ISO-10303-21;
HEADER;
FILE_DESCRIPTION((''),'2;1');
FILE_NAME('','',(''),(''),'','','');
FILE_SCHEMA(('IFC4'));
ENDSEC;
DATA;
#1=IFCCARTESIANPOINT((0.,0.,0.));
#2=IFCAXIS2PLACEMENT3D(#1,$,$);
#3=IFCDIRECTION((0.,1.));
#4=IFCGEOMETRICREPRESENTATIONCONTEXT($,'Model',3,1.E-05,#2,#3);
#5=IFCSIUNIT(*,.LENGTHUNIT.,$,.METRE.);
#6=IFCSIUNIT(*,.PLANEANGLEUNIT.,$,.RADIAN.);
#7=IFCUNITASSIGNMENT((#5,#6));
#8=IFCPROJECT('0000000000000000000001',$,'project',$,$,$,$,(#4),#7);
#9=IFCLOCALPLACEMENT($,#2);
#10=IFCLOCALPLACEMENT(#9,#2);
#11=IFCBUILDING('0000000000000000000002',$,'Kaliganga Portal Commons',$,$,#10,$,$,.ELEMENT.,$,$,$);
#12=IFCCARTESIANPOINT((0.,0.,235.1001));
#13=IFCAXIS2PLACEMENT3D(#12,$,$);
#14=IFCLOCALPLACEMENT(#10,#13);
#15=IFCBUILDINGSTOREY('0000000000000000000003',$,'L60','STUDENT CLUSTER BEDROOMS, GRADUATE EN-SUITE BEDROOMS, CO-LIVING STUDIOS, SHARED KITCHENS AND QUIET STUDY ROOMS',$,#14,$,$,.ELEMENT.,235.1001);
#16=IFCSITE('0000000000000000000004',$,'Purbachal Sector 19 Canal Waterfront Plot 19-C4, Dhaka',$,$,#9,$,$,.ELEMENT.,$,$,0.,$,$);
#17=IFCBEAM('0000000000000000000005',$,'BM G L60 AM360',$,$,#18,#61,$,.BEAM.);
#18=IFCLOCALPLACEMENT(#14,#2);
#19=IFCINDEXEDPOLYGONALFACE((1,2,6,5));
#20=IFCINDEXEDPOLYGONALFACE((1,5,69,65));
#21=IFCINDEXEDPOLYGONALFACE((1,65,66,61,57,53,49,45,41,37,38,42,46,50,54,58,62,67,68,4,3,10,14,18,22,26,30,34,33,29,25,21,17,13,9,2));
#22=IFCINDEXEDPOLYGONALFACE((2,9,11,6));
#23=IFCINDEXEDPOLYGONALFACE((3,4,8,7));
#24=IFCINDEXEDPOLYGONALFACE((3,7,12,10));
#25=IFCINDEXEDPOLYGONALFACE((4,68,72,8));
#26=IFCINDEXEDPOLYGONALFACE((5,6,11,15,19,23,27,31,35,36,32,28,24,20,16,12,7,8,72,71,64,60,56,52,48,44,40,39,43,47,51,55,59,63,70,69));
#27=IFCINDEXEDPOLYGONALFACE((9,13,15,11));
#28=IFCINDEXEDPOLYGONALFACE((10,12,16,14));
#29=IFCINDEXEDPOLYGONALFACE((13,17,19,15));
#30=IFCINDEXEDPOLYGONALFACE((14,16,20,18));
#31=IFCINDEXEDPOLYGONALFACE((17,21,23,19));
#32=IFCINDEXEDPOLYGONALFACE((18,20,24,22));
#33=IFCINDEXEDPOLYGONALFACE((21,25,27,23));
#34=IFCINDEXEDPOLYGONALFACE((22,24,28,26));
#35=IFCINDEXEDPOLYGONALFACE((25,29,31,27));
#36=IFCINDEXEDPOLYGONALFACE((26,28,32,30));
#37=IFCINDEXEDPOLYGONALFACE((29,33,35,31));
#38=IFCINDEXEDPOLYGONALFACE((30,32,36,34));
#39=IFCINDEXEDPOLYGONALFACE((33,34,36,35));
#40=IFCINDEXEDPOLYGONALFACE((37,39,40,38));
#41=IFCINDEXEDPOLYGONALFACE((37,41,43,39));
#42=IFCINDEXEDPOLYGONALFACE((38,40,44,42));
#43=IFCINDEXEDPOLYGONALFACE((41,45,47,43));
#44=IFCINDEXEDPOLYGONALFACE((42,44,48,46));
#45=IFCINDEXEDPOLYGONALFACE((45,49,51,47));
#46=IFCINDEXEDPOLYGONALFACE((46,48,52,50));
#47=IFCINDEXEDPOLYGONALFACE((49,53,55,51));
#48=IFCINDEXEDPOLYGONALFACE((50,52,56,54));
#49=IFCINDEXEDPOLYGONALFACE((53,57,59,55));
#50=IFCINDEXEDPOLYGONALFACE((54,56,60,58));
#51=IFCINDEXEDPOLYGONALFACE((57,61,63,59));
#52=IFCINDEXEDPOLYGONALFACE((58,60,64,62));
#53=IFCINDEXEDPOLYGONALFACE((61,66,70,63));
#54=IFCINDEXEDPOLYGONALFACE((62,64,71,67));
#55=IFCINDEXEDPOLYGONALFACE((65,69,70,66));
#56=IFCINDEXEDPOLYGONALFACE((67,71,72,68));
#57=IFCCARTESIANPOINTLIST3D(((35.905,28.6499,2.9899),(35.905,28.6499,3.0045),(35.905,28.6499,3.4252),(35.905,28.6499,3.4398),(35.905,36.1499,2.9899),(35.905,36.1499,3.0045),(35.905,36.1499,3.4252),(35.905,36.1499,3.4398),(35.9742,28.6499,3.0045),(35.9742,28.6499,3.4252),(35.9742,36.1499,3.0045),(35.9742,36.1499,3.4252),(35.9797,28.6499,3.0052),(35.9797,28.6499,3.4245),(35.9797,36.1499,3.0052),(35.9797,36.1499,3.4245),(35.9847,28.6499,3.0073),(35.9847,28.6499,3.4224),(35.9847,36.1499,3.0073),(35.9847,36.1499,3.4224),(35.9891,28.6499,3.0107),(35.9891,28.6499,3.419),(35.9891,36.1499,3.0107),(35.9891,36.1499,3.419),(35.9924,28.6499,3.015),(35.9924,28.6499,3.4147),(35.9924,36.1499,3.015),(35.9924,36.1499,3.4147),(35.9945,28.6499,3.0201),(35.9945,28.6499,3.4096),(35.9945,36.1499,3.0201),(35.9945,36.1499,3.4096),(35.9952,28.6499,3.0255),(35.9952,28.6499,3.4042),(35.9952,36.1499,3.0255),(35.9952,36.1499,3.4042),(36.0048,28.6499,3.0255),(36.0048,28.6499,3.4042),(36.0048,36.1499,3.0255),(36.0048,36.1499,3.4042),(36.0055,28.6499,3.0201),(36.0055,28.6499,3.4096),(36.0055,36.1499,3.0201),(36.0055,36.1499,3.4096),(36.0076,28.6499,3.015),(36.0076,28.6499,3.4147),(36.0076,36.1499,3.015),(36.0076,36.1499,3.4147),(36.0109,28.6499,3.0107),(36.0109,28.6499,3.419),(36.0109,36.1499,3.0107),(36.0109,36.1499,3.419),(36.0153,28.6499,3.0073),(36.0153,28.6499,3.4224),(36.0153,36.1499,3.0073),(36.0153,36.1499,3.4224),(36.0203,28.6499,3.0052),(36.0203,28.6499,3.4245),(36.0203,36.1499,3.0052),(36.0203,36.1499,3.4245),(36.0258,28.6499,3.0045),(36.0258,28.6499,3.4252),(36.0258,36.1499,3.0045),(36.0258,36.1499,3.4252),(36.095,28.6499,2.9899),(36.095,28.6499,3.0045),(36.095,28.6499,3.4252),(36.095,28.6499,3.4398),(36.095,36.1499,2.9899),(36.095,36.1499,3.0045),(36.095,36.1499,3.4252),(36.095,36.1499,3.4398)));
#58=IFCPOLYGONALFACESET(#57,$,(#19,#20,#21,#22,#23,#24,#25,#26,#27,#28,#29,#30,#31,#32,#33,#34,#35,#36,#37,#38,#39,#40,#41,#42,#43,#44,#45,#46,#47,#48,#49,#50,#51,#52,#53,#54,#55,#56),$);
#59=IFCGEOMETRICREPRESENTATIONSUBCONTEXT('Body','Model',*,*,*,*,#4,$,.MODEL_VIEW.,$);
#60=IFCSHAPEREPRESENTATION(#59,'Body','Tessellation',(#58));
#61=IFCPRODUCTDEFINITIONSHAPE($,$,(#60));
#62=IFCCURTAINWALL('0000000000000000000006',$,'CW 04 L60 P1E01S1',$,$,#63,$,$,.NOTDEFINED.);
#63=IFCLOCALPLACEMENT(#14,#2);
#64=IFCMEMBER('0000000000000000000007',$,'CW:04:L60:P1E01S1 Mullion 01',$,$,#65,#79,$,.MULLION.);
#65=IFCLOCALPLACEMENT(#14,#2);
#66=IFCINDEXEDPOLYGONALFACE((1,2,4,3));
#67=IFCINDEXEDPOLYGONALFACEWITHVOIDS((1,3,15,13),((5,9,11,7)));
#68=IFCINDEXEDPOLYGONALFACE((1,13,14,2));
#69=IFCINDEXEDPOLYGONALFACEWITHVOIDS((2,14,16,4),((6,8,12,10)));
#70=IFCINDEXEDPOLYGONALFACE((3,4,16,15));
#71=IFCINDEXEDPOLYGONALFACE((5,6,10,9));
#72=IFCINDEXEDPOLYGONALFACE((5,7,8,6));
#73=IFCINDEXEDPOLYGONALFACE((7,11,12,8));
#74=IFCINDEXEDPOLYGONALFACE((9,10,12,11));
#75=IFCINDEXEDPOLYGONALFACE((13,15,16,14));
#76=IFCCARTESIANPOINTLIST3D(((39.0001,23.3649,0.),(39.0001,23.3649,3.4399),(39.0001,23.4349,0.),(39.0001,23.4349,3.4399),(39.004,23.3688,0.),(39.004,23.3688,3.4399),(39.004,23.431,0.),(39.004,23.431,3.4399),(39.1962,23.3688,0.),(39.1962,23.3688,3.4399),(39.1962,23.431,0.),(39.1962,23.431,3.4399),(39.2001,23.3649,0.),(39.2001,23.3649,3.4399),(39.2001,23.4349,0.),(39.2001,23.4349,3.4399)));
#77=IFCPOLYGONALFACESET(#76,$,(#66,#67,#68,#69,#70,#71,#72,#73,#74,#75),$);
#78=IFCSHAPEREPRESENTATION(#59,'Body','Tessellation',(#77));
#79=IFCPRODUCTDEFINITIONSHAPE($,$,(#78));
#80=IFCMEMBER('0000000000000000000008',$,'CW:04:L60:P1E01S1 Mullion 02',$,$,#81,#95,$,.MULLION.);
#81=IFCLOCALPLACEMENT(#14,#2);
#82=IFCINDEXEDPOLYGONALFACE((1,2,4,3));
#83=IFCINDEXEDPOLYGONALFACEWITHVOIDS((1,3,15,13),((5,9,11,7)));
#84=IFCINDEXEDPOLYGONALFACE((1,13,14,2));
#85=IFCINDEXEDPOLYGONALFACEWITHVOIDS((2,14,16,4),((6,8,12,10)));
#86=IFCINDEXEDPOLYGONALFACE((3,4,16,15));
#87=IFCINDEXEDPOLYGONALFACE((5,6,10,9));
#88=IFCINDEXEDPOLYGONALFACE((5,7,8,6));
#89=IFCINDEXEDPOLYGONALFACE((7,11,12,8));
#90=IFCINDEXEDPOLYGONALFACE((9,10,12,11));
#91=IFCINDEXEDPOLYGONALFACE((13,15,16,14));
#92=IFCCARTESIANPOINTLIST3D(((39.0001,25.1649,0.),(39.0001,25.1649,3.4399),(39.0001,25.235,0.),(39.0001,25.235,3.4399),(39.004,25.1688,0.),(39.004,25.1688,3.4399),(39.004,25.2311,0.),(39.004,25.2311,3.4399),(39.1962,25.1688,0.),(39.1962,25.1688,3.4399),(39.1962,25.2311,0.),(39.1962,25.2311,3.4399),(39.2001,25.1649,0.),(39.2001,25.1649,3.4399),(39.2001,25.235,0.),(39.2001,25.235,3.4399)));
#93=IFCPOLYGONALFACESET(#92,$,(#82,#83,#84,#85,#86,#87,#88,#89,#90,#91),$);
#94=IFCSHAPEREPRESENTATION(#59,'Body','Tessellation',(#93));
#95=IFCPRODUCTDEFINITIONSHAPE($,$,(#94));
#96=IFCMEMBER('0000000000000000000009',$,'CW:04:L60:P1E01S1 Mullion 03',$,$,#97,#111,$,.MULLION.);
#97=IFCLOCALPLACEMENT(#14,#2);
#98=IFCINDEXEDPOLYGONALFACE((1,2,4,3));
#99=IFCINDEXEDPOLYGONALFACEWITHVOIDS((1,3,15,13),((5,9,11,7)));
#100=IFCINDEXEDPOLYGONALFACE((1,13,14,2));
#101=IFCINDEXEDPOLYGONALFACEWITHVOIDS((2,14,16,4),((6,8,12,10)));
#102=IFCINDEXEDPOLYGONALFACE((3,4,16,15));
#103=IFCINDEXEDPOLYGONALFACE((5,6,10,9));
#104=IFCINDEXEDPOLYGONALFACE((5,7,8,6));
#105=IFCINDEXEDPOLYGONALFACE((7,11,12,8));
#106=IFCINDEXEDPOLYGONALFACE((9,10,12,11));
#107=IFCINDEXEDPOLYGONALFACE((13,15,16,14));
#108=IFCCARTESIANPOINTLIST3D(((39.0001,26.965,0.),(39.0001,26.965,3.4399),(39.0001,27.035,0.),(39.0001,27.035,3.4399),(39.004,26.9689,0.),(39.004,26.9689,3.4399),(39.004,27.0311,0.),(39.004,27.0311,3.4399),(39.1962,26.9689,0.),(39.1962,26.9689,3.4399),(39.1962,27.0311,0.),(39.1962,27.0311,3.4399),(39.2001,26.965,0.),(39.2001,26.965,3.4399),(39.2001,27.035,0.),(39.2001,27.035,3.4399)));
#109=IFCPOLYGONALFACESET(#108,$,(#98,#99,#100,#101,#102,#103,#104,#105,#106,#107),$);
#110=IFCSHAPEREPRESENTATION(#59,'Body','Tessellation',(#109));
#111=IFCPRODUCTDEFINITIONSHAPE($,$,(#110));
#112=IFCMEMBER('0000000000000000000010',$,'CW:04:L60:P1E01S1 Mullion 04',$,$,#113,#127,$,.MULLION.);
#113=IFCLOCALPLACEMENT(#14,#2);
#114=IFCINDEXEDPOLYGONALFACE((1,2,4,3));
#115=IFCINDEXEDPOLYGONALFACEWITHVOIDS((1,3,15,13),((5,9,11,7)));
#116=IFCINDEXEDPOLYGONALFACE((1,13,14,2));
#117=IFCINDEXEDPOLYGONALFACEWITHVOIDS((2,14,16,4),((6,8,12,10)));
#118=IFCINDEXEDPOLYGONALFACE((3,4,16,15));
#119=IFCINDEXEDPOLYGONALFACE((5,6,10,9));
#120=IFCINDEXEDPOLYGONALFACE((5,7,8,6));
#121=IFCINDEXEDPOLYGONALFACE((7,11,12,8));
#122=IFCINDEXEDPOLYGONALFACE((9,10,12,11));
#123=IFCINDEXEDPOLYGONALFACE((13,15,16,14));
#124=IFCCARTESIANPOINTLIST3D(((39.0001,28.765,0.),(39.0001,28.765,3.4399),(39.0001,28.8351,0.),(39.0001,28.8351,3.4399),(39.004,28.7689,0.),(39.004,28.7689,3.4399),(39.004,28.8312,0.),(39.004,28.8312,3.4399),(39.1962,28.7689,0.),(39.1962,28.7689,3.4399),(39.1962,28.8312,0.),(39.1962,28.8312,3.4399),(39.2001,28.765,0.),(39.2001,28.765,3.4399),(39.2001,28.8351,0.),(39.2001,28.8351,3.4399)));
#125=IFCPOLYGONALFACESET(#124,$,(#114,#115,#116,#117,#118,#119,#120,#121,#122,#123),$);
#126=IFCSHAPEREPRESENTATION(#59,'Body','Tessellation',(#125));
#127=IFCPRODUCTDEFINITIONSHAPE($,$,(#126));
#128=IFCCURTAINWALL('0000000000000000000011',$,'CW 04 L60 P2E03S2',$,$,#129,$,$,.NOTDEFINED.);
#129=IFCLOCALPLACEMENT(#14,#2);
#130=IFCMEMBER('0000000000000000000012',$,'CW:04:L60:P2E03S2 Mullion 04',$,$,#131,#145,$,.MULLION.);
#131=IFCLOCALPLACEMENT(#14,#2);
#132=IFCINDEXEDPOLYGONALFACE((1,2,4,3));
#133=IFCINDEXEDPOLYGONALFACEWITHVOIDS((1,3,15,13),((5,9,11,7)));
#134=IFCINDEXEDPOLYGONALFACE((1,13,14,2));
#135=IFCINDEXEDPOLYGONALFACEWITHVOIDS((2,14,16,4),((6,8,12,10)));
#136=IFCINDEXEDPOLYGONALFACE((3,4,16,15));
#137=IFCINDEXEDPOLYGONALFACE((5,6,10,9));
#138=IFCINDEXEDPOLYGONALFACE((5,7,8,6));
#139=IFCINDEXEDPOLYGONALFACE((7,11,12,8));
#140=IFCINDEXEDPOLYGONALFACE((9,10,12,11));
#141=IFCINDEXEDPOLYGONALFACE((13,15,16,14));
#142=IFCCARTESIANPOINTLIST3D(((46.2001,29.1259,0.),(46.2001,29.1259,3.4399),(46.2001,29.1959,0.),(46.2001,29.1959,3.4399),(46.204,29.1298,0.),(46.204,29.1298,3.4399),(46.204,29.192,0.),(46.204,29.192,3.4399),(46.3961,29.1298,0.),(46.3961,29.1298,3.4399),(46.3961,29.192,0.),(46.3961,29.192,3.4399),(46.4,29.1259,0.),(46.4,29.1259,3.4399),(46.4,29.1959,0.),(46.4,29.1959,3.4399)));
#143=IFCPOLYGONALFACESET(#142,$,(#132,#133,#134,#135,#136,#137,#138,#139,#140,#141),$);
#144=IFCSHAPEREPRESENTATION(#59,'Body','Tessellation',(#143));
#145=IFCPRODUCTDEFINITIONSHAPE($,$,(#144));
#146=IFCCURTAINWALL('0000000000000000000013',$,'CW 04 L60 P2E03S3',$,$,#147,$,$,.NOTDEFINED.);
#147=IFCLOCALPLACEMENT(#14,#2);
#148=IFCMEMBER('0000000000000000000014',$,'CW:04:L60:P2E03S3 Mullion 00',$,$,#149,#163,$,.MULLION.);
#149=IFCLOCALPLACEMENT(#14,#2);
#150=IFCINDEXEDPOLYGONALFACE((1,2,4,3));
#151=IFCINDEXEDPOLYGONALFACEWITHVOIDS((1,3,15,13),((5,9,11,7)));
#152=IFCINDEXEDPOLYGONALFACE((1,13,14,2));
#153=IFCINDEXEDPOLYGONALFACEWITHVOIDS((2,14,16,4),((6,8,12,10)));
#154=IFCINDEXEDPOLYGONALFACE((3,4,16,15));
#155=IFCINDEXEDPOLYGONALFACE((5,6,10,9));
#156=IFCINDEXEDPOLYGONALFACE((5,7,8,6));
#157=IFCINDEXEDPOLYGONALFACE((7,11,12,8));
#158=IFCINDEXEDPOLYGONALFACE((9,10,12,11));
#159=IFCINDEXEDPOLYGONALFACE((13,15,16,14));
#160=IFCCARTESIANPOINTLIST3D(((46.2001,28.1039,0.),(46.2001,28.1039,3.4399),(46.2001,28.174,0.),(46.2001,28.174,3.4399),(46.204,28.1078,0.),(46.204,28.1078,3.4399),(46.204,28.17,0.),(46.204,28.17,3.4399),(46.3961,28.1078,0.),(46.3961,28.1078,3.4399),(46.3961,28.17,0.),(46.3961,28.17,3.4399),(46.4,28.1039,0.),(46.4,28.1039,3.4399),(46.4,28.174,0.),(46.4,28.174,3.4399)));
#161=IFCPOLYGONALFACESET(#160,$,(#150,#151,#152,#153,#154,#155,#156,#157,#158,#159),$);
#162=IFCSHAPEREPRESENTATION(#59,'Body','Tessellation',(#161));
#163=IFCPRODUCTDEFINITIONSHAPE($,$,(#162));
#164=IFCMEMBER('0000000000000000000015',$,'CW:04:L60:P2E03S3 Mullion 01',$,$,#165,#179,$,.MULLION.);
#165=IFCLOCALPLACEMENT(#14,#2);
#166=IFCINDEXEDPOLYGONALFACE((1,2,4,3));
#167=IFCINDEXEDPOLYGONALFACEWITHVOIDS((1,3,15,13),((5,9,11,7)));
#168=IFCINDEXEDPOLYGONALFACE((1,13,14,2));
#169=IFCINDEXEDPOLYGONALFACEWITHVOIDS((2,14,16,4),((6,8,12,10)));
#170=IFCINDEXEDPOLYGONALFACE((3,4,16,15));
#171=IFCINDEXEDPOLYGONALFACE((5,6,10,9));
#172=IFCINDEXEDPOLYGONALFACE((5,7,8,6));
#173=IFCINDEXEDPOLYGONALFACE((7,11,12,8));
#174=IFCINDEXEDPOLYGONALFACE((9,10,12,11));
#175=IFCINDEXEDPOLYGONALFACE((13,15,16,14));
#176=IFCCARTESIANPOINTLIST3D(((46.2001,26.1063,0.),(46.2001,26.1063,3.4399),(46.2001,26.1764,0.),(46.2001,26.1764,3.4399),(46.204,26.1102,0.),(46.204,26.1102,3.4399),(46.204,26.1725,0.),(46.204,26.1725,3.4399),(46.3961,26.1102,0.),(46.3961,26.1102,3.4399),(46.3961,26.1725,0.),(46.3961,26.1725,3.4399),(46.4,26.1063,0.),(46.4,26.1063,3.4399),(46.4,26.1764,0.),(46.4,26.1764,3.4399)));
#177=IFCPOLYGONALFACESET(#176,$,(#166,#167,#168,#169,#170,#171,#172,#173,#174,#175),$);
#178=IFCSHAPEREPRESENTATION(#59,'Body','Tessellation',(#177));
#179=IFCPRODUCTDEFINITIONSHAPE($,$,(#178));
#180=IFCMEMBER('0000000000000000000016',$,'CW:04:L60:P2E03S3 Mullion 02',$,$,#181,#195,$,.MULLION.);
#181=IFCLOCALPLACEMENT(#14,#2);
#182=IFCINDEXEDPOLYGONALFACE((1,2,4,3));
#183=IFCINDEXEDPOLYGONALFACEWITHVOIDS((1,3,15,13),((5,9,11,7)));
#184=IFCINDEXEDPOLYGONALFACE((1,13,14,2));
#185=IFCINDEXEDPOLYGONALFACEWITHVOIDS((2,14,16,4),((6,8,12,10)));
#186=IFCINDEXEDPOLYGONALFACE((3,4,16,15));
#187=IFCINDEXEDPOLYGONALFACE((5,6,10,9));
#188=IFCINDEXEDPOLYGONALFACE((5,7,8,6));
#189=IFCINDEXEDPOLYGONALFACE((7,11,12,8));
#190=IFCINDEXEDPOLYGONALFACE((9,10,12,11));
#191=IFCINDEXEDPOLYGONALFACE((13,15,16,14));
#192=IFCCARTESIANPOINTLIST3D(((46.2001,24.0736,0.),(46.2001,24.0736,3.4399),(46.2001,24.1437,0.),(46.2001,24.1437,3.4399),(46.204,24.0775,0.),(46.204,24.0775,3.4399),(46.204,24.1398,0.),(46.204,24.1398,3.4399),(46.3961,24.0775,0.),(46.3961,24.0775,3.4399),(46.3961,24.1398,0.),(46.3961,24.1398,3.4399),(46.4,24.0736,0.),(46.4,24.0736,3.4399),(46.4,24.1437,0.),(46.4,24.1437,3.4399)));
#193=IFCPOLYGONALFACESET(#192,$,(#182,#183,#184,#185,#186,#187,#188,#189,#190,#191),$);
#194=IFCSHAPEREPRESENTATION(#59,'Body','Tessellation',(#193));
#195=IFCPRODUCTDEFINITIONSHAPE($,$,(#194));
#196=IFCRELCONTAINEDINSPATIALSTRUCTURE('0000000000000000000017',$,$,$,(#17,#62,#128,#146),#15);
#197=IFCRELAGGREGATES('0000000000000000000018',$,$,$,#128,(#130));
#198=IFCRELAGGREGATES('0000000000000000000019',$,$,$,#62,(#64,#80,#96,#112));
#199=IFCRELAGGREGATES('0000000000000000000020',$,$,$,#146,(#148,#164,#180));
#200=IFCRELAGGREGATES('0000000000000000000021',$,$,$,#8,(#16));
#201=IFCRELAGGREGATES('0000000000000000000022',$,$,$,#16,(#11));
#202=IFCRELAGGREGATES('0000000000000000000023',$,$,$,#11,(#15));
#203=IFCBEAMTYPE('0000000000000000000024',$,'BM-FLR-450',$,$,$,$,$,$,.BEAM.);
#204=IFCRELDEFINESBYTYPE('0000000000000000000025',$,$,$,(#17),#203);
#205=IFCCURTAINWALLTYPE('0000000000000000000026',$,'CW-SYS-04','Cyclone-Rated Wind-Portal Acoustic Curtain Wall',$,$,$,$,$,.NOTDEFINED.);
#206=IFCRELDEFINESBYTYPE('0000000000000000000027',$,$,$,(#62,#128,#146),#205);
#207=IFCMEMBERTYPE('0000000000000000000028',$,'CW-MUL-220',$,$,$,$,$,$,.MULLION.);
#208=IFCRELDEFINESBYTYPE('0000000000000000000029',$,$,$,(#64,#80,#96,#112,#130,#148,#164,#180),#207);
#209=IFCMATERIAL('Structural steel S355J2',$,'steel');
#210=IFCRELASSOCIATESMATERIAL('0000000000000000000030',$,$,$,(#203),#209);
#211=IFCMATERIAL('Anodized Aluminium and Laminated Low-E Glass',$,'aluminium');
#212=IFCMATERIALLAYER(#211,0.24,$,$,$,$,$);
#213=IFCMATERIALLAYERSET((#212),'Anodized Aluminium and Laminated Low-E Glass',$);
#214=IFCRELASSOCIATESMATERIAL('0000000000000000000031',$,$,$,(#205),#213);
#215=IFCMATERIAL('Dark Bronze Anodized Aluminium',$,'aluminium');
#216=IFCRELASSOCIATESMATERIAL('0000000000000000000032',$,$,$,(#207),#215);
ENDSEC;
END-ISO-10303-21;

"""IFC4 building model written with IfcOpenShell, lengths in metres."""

from ifc_helpers import new_model, si_unit, direction, frame, origin, origin_2d, place, context, subcontext, project, spatial, hollow_rectangle, i_section, extrude, source, transform, mapped, material, layer, layer_set, material_profile, profile_set, type_object, element, aggregate, save


model = new_model("IFC4")

# Units and contexts
model_context = context("Model", 3, precision=1e-05, world=origin(), true_north=direction((0.0, 1.0)))
body_context = subcontext(model_context, "Body", "Model", "MODEL_VIEW")
ifc_project = project(units=[si_unit("LENGTHUNIT", "METRE"), si_unit("PLANEANGLEUNIT", "RADIAN")], contexts=[model_context])

# Site, building, storey
site_placement = place(None, origin())
site = spatial("IfcSite", under=ifc_project, at=site_placement, Name="Purbachal Sector 19 Canal Waterfront Plot 19-C4, Dhaka", CompositionType="ELEMENT", RefElevation=0.0)
building_placement = place(site_placement, origin())
building = spatial("IfcBuilding", under=site, at=building_placement, Name="Kaliganga Portal Commons", CompositionType="ELEMENT")
storey_placement = place(building_placement, frame((0.0, 0.0, 235.1001)))
storey = spatial("IfcBuildingStorey", under=building, at=storey_placement, Name="L60", Description="STUDENT CLUSTER BEDROOMS, GRADUATE EN-SUITE BEDROOMS, CO-LIVING STUDIOS, SHARED KITCHENS AND QUIET STUDY ROOMS", CompositionType="ELEMENT", Elevation=235.1001)

# Beam
ifc_material_1 = material(Name="Structural steel S355J2", Category="steel")
ifc_material_profile_1 = material_profile(ifc_material_1, i_section(OverallWidth=0.1899, OverallDepth=0.45, WebThickness=0.0095, FlangeThickness=0.0146, FilletRadius=0.021, at=origin_2d()), Name="IPE 450")
ifc_profile_set_1 = profile_set([ifc_material_profile_1], Name="Structural steel S355J2 wide-flange")
beam_type = type_object("IfcBeamType", Name="BM-FLR-450", PredefinedType="BEAM", material=ifc_profile_set_1)
shared_shape_1 = source(origin(), body_context, "Body", "SweptSolid", [
    extrude(i_section(OverallWidth=0.1899, OverallDepth=0.45, WebThickness=0.0095, FlangeThickness=0.0146, FilletRadius=0.021, at=origin_2d()), origin(), (0.0, 0.0, 1.0), 7.5),
])
beam_placement = place(storey_placement, frame((36.0, 28.6499, 3.2148), z_axis=(0.0, 1.0, 0.0), x_axis=(-1.0, 0.0, 0.0)))
element("IfcBeam", 1, at=beam_placement, inside=storey, type_object=beam_type, Name="BM G L60 AM360", PredefinedType="BEAM", context=body_context, shape_type="MappedRepresentation", body=[
    mapped(shared_shape_1, transform((0.0, 0.0, 0.0), x_axis=(1.0, 0.0, 0.0), y_axis=(0.0, 1.0, 0.0), z_axis=(0.0, 0.0, 1.0), scale=1.0)),
])

# Curtain wall, members
ifc_material_2 = material(Name="Anodized Aluminium and Laminated Low-E Glass", Category="aluminium")
ifc_layer_1 = layer(ifc_material_2, 0.24)
ifc_layer_set_1 = layer_set([ifc_layer_1], Name="Anodized Aluminium and Laminated Low-E Glass")
curtain_wall_type = type_object("IfcCurtainWallType", Name="CW-SYS-04", Description="Cyclone-Rated Wind-Portal Acoustic Curtain Wall", PredefinedType="NOTDEFINED", material=ifc_layer_set_1)
curtain_wall_1_placement = place(storey_placement, origin())
curtain_wall_1 = element("IfcCurtainWall", 2, at=curtain_wall_1_placement, inside=storey, type_object=curtain_wall_type, Name="CW 04 L60 P1E01S1", PredefinedType="NOTDEFINED")
ifc_material_3 = material(Name="Dark Bronze Anodized Aluminium", Category="aluminium")
ifc_material_profile_2 = material_profile(ifc_material_3, hollow_rectangle(XDim=0.0701, YDim=0.2, WallThickness=0.0039, at=origin_2d()), Name="ALU MULL 70x200x4")
ifc_profile_set_2 = profile_set([ifc_material_profile_2], Name="Dark Bronze Anodized Aluminium")
member_type_1 = type_object("IfcMemberType", Name="CW-MUL-220", PredefinedType="MULLION", material=ifc_profile_set_2)
shared_shape_2 = source(origin(), body_context, "Body", "SweptSolid", [
    extrude(hollow_rectangle(XDim=0.0701, YDim=0.2, WallThickness=0.0039, at=origin_2d()), origin(), (0.0, 0.0, 1.0), 3.4399),
])
member_1_placement = place(storey_placement, frame((39.1001, 23.3999, 0.0), z_axis=(0.0, 0.0, 1.0), x_axis=(0.0, 1.0, 0.0)))
member_1 = element("IfcMember", 3, at=member_1_placement, type_object=member_type_1, Name="CW:04:L60:P1E01S1 Mullion 01", PredefinedType="MULLION", context=body_context, shape_type="MappedRepresentation", body=[
    mapped(shared_shape_2, transform((0.0, 0.0, 0.0), x_axis=(1.0, 0.0, 0.0), y_axis=(0.0, 1.0, 0.0), z_axis=(0.0, 0.0, 1.0), scale=1.0)),
])
member_2_placement = place(storey_placement, frame((39.1001, 25.2, 0.0), z_axis=(0.0, 0.0, 1.0), x_axis=(0.0, 1.0, 0.0)))
member_2 = element("IfcMember", 4, at=member_2_placement, type_object=member_type_1, Name="CW:04:L60:P1E01S1 Mullion 02", PredefinedType="MULLION", context=body_context, shape_type="MappedRepresentation", body=[
    mapped(shared_shape_2, transform((0.0, 0.0, 0.0), x_axis=(1.0, 0.0, 0.0), y_axis=(0.0, 1.0, 0.0), z_axis=(0.0, 0.0, 1.0), scale=1.0)),
])
member_3_placement = place(storey_placement, frame((39.1001, 27.0, 0.0), z_axis=(0.0, 0.0, 1.0), x_axis=(0.0, 1.0, 0.0)))
member_3 = element("IfcMember", 5, at=member_3_placement, type_object=member_type_1, Name="CW:04:L60:P1E01S1 Mullion 03", PredefinedType="MULLION", context=body_context, shape_type="MappedRepresentation", body=[
    mapped(shared_shape_2, transform((0.0, 0.0, 0.0), x_axis=(1.0, 0.0, 0.0), y_axis=(0.0, 1.0, 0.0), z_axis=(0.0, 0.0, 1.0), scale=1.0)),
])
member_4_placement = place(storey_placement, frame((39.1001, 28.8, 0.0), z_axis=(0.0, 0.0, 1.0), x_axis=(0.0, 1.0, 0.0)))
member_4 = element("IfcMember", 6, at=member_4_placement, type_object=member_type_1, Name="CW:04:L60:P1E01S1 Mullion 04", PredefinedType="MULLION", context=body_context, shape_type="MappedRepresentation", body=[
    mapped(shared_shape_2, transform((0.0, 0.0, 0.0), x_axis=(1.0, 0.0, 0.0), y_axis=(0.0, 1.0, 0.0), z_axis=(0.0, 0.0, 1.0), scale=1.0)),
])

# Curtain wall, member
curtain_wall_2_placement = place(storey_placement, origin())
curtain_wall_2 = element("IfcCurtainWall", 7, at=curtain_wall_2_placement, inside=storey, type_object=curtain_wall_type, Name="CW 04 L60 P2E03S2", PredefinedType="NOTDEFINED")
member_5_placement = place(storey_placement, frame((46.3, 29.1609, 0.0), z_axis=(0.0, 0.0, 1.0), x_axis=(0.0, -1.0, 0.0)))
member_5 = element("IfcMember", 8, at=member_5_placement, type_object=member_type_1, Name="CW:04:L60:P2E03S2 Mullion 04", PredefinedType="MULLION", context=body_context, shape_type="MappedRepresentation", body=[
    mapped(shared_shape_2, transform((0.0, 0.0, 0.0), x_axis=(1.0, 0.0, 0.0), y_axis=(0.0, 1.0, 0.0), z_axis=(0.0, 0.0, 1.0), scale=1.0)),
])

# Curtain wall, members
curtain_wall_3_placement = place(storey_placement, origin())
curtain_wall_3 = element("IfcCurtainWall", 9, at=curtain_wall_3_placement, inside=storey, type_object=curtain_wall_type, Name="CW 04 L60 P2E03S3", PredefinedType="NOTDEFINED")
member_6_placement = place(storey_placement, frame((46.3, 28.1389, 0.0), z_axis=(0.0, 0.0, 1.0), x_axis=(0.0, -1.0, 0.0)))
member_6 = element("IfcMember", 10, at=member_6_placement, type_object=member_type_1, Name="CW:04:L60:P2E03S3 Mullion 00", PredefinedType="MULLION", context=body_context, shape_type="MappedRepresentation", body=[
    mapped(shared_shape_2, transform((0.0, 0.0, 0.0), x_axis=(1.0, 0.0, 0.0), y_axis=(0.0, 1.0, 0.0), z_axis=(0.0, 0.0, 1.0), scale=1.0)),
])
member_7_placement = place(storey_placement, frame((46.3, 26.1414, 0.0), z_axis=(0.0, 0.0, 1.0), x_axis=(0.0, -1.0, 0.0)))
member_7 = element("IfcMember", 11, at=member_7_placement, type_object=member_type_1, Name="CW:04:L60:P2E03S3 Mullion 01", PredefinedType="MULLION", context=body_context, shape_type="MappedRepresentation", body=[
    mapped(shared_shape_2, transform((0.0, 0.0, 0.0), x_axis=(1.0, 0.0, 0.0), y_axis=(0.0, 1.0, 0.0), z_axis=(0.0, 0.0, 1.0), scale=1.0)),
])
member_8_placement = place(storey_placement, frame((46.3, 24.1086, 0.0), z_axis=(0.0, 0.0, 1.0), x_axis=(0.0, -1.0, 0.0)))
member_8 = element("IfcMember", 12, at=member_8_placement, type_object=member_type_1, Name="CW:04:L60:P2E03S3 Mullion 02", PredefinedType="MULLION", context=body_context, shape_type="MappedRepresentation", body=[
    mapped(shared_shape_2, transform((0.0, 0.0, 0.0), x_axis=(1.0, 0.0, 0.0), y_axis=(0.0, 1.0, 0.0), z_axis=(0.0, 0.0, 1.0), scale=1.0)),
])

aggregate(curtain_wall_2, [member_5])
aggregate(curtain_wall_1, [member_1, member_2, member_3, member_4])
aggregate(curtain_wall_3, [member_6, member_7, member_8])

save(model, "model.ifc")
